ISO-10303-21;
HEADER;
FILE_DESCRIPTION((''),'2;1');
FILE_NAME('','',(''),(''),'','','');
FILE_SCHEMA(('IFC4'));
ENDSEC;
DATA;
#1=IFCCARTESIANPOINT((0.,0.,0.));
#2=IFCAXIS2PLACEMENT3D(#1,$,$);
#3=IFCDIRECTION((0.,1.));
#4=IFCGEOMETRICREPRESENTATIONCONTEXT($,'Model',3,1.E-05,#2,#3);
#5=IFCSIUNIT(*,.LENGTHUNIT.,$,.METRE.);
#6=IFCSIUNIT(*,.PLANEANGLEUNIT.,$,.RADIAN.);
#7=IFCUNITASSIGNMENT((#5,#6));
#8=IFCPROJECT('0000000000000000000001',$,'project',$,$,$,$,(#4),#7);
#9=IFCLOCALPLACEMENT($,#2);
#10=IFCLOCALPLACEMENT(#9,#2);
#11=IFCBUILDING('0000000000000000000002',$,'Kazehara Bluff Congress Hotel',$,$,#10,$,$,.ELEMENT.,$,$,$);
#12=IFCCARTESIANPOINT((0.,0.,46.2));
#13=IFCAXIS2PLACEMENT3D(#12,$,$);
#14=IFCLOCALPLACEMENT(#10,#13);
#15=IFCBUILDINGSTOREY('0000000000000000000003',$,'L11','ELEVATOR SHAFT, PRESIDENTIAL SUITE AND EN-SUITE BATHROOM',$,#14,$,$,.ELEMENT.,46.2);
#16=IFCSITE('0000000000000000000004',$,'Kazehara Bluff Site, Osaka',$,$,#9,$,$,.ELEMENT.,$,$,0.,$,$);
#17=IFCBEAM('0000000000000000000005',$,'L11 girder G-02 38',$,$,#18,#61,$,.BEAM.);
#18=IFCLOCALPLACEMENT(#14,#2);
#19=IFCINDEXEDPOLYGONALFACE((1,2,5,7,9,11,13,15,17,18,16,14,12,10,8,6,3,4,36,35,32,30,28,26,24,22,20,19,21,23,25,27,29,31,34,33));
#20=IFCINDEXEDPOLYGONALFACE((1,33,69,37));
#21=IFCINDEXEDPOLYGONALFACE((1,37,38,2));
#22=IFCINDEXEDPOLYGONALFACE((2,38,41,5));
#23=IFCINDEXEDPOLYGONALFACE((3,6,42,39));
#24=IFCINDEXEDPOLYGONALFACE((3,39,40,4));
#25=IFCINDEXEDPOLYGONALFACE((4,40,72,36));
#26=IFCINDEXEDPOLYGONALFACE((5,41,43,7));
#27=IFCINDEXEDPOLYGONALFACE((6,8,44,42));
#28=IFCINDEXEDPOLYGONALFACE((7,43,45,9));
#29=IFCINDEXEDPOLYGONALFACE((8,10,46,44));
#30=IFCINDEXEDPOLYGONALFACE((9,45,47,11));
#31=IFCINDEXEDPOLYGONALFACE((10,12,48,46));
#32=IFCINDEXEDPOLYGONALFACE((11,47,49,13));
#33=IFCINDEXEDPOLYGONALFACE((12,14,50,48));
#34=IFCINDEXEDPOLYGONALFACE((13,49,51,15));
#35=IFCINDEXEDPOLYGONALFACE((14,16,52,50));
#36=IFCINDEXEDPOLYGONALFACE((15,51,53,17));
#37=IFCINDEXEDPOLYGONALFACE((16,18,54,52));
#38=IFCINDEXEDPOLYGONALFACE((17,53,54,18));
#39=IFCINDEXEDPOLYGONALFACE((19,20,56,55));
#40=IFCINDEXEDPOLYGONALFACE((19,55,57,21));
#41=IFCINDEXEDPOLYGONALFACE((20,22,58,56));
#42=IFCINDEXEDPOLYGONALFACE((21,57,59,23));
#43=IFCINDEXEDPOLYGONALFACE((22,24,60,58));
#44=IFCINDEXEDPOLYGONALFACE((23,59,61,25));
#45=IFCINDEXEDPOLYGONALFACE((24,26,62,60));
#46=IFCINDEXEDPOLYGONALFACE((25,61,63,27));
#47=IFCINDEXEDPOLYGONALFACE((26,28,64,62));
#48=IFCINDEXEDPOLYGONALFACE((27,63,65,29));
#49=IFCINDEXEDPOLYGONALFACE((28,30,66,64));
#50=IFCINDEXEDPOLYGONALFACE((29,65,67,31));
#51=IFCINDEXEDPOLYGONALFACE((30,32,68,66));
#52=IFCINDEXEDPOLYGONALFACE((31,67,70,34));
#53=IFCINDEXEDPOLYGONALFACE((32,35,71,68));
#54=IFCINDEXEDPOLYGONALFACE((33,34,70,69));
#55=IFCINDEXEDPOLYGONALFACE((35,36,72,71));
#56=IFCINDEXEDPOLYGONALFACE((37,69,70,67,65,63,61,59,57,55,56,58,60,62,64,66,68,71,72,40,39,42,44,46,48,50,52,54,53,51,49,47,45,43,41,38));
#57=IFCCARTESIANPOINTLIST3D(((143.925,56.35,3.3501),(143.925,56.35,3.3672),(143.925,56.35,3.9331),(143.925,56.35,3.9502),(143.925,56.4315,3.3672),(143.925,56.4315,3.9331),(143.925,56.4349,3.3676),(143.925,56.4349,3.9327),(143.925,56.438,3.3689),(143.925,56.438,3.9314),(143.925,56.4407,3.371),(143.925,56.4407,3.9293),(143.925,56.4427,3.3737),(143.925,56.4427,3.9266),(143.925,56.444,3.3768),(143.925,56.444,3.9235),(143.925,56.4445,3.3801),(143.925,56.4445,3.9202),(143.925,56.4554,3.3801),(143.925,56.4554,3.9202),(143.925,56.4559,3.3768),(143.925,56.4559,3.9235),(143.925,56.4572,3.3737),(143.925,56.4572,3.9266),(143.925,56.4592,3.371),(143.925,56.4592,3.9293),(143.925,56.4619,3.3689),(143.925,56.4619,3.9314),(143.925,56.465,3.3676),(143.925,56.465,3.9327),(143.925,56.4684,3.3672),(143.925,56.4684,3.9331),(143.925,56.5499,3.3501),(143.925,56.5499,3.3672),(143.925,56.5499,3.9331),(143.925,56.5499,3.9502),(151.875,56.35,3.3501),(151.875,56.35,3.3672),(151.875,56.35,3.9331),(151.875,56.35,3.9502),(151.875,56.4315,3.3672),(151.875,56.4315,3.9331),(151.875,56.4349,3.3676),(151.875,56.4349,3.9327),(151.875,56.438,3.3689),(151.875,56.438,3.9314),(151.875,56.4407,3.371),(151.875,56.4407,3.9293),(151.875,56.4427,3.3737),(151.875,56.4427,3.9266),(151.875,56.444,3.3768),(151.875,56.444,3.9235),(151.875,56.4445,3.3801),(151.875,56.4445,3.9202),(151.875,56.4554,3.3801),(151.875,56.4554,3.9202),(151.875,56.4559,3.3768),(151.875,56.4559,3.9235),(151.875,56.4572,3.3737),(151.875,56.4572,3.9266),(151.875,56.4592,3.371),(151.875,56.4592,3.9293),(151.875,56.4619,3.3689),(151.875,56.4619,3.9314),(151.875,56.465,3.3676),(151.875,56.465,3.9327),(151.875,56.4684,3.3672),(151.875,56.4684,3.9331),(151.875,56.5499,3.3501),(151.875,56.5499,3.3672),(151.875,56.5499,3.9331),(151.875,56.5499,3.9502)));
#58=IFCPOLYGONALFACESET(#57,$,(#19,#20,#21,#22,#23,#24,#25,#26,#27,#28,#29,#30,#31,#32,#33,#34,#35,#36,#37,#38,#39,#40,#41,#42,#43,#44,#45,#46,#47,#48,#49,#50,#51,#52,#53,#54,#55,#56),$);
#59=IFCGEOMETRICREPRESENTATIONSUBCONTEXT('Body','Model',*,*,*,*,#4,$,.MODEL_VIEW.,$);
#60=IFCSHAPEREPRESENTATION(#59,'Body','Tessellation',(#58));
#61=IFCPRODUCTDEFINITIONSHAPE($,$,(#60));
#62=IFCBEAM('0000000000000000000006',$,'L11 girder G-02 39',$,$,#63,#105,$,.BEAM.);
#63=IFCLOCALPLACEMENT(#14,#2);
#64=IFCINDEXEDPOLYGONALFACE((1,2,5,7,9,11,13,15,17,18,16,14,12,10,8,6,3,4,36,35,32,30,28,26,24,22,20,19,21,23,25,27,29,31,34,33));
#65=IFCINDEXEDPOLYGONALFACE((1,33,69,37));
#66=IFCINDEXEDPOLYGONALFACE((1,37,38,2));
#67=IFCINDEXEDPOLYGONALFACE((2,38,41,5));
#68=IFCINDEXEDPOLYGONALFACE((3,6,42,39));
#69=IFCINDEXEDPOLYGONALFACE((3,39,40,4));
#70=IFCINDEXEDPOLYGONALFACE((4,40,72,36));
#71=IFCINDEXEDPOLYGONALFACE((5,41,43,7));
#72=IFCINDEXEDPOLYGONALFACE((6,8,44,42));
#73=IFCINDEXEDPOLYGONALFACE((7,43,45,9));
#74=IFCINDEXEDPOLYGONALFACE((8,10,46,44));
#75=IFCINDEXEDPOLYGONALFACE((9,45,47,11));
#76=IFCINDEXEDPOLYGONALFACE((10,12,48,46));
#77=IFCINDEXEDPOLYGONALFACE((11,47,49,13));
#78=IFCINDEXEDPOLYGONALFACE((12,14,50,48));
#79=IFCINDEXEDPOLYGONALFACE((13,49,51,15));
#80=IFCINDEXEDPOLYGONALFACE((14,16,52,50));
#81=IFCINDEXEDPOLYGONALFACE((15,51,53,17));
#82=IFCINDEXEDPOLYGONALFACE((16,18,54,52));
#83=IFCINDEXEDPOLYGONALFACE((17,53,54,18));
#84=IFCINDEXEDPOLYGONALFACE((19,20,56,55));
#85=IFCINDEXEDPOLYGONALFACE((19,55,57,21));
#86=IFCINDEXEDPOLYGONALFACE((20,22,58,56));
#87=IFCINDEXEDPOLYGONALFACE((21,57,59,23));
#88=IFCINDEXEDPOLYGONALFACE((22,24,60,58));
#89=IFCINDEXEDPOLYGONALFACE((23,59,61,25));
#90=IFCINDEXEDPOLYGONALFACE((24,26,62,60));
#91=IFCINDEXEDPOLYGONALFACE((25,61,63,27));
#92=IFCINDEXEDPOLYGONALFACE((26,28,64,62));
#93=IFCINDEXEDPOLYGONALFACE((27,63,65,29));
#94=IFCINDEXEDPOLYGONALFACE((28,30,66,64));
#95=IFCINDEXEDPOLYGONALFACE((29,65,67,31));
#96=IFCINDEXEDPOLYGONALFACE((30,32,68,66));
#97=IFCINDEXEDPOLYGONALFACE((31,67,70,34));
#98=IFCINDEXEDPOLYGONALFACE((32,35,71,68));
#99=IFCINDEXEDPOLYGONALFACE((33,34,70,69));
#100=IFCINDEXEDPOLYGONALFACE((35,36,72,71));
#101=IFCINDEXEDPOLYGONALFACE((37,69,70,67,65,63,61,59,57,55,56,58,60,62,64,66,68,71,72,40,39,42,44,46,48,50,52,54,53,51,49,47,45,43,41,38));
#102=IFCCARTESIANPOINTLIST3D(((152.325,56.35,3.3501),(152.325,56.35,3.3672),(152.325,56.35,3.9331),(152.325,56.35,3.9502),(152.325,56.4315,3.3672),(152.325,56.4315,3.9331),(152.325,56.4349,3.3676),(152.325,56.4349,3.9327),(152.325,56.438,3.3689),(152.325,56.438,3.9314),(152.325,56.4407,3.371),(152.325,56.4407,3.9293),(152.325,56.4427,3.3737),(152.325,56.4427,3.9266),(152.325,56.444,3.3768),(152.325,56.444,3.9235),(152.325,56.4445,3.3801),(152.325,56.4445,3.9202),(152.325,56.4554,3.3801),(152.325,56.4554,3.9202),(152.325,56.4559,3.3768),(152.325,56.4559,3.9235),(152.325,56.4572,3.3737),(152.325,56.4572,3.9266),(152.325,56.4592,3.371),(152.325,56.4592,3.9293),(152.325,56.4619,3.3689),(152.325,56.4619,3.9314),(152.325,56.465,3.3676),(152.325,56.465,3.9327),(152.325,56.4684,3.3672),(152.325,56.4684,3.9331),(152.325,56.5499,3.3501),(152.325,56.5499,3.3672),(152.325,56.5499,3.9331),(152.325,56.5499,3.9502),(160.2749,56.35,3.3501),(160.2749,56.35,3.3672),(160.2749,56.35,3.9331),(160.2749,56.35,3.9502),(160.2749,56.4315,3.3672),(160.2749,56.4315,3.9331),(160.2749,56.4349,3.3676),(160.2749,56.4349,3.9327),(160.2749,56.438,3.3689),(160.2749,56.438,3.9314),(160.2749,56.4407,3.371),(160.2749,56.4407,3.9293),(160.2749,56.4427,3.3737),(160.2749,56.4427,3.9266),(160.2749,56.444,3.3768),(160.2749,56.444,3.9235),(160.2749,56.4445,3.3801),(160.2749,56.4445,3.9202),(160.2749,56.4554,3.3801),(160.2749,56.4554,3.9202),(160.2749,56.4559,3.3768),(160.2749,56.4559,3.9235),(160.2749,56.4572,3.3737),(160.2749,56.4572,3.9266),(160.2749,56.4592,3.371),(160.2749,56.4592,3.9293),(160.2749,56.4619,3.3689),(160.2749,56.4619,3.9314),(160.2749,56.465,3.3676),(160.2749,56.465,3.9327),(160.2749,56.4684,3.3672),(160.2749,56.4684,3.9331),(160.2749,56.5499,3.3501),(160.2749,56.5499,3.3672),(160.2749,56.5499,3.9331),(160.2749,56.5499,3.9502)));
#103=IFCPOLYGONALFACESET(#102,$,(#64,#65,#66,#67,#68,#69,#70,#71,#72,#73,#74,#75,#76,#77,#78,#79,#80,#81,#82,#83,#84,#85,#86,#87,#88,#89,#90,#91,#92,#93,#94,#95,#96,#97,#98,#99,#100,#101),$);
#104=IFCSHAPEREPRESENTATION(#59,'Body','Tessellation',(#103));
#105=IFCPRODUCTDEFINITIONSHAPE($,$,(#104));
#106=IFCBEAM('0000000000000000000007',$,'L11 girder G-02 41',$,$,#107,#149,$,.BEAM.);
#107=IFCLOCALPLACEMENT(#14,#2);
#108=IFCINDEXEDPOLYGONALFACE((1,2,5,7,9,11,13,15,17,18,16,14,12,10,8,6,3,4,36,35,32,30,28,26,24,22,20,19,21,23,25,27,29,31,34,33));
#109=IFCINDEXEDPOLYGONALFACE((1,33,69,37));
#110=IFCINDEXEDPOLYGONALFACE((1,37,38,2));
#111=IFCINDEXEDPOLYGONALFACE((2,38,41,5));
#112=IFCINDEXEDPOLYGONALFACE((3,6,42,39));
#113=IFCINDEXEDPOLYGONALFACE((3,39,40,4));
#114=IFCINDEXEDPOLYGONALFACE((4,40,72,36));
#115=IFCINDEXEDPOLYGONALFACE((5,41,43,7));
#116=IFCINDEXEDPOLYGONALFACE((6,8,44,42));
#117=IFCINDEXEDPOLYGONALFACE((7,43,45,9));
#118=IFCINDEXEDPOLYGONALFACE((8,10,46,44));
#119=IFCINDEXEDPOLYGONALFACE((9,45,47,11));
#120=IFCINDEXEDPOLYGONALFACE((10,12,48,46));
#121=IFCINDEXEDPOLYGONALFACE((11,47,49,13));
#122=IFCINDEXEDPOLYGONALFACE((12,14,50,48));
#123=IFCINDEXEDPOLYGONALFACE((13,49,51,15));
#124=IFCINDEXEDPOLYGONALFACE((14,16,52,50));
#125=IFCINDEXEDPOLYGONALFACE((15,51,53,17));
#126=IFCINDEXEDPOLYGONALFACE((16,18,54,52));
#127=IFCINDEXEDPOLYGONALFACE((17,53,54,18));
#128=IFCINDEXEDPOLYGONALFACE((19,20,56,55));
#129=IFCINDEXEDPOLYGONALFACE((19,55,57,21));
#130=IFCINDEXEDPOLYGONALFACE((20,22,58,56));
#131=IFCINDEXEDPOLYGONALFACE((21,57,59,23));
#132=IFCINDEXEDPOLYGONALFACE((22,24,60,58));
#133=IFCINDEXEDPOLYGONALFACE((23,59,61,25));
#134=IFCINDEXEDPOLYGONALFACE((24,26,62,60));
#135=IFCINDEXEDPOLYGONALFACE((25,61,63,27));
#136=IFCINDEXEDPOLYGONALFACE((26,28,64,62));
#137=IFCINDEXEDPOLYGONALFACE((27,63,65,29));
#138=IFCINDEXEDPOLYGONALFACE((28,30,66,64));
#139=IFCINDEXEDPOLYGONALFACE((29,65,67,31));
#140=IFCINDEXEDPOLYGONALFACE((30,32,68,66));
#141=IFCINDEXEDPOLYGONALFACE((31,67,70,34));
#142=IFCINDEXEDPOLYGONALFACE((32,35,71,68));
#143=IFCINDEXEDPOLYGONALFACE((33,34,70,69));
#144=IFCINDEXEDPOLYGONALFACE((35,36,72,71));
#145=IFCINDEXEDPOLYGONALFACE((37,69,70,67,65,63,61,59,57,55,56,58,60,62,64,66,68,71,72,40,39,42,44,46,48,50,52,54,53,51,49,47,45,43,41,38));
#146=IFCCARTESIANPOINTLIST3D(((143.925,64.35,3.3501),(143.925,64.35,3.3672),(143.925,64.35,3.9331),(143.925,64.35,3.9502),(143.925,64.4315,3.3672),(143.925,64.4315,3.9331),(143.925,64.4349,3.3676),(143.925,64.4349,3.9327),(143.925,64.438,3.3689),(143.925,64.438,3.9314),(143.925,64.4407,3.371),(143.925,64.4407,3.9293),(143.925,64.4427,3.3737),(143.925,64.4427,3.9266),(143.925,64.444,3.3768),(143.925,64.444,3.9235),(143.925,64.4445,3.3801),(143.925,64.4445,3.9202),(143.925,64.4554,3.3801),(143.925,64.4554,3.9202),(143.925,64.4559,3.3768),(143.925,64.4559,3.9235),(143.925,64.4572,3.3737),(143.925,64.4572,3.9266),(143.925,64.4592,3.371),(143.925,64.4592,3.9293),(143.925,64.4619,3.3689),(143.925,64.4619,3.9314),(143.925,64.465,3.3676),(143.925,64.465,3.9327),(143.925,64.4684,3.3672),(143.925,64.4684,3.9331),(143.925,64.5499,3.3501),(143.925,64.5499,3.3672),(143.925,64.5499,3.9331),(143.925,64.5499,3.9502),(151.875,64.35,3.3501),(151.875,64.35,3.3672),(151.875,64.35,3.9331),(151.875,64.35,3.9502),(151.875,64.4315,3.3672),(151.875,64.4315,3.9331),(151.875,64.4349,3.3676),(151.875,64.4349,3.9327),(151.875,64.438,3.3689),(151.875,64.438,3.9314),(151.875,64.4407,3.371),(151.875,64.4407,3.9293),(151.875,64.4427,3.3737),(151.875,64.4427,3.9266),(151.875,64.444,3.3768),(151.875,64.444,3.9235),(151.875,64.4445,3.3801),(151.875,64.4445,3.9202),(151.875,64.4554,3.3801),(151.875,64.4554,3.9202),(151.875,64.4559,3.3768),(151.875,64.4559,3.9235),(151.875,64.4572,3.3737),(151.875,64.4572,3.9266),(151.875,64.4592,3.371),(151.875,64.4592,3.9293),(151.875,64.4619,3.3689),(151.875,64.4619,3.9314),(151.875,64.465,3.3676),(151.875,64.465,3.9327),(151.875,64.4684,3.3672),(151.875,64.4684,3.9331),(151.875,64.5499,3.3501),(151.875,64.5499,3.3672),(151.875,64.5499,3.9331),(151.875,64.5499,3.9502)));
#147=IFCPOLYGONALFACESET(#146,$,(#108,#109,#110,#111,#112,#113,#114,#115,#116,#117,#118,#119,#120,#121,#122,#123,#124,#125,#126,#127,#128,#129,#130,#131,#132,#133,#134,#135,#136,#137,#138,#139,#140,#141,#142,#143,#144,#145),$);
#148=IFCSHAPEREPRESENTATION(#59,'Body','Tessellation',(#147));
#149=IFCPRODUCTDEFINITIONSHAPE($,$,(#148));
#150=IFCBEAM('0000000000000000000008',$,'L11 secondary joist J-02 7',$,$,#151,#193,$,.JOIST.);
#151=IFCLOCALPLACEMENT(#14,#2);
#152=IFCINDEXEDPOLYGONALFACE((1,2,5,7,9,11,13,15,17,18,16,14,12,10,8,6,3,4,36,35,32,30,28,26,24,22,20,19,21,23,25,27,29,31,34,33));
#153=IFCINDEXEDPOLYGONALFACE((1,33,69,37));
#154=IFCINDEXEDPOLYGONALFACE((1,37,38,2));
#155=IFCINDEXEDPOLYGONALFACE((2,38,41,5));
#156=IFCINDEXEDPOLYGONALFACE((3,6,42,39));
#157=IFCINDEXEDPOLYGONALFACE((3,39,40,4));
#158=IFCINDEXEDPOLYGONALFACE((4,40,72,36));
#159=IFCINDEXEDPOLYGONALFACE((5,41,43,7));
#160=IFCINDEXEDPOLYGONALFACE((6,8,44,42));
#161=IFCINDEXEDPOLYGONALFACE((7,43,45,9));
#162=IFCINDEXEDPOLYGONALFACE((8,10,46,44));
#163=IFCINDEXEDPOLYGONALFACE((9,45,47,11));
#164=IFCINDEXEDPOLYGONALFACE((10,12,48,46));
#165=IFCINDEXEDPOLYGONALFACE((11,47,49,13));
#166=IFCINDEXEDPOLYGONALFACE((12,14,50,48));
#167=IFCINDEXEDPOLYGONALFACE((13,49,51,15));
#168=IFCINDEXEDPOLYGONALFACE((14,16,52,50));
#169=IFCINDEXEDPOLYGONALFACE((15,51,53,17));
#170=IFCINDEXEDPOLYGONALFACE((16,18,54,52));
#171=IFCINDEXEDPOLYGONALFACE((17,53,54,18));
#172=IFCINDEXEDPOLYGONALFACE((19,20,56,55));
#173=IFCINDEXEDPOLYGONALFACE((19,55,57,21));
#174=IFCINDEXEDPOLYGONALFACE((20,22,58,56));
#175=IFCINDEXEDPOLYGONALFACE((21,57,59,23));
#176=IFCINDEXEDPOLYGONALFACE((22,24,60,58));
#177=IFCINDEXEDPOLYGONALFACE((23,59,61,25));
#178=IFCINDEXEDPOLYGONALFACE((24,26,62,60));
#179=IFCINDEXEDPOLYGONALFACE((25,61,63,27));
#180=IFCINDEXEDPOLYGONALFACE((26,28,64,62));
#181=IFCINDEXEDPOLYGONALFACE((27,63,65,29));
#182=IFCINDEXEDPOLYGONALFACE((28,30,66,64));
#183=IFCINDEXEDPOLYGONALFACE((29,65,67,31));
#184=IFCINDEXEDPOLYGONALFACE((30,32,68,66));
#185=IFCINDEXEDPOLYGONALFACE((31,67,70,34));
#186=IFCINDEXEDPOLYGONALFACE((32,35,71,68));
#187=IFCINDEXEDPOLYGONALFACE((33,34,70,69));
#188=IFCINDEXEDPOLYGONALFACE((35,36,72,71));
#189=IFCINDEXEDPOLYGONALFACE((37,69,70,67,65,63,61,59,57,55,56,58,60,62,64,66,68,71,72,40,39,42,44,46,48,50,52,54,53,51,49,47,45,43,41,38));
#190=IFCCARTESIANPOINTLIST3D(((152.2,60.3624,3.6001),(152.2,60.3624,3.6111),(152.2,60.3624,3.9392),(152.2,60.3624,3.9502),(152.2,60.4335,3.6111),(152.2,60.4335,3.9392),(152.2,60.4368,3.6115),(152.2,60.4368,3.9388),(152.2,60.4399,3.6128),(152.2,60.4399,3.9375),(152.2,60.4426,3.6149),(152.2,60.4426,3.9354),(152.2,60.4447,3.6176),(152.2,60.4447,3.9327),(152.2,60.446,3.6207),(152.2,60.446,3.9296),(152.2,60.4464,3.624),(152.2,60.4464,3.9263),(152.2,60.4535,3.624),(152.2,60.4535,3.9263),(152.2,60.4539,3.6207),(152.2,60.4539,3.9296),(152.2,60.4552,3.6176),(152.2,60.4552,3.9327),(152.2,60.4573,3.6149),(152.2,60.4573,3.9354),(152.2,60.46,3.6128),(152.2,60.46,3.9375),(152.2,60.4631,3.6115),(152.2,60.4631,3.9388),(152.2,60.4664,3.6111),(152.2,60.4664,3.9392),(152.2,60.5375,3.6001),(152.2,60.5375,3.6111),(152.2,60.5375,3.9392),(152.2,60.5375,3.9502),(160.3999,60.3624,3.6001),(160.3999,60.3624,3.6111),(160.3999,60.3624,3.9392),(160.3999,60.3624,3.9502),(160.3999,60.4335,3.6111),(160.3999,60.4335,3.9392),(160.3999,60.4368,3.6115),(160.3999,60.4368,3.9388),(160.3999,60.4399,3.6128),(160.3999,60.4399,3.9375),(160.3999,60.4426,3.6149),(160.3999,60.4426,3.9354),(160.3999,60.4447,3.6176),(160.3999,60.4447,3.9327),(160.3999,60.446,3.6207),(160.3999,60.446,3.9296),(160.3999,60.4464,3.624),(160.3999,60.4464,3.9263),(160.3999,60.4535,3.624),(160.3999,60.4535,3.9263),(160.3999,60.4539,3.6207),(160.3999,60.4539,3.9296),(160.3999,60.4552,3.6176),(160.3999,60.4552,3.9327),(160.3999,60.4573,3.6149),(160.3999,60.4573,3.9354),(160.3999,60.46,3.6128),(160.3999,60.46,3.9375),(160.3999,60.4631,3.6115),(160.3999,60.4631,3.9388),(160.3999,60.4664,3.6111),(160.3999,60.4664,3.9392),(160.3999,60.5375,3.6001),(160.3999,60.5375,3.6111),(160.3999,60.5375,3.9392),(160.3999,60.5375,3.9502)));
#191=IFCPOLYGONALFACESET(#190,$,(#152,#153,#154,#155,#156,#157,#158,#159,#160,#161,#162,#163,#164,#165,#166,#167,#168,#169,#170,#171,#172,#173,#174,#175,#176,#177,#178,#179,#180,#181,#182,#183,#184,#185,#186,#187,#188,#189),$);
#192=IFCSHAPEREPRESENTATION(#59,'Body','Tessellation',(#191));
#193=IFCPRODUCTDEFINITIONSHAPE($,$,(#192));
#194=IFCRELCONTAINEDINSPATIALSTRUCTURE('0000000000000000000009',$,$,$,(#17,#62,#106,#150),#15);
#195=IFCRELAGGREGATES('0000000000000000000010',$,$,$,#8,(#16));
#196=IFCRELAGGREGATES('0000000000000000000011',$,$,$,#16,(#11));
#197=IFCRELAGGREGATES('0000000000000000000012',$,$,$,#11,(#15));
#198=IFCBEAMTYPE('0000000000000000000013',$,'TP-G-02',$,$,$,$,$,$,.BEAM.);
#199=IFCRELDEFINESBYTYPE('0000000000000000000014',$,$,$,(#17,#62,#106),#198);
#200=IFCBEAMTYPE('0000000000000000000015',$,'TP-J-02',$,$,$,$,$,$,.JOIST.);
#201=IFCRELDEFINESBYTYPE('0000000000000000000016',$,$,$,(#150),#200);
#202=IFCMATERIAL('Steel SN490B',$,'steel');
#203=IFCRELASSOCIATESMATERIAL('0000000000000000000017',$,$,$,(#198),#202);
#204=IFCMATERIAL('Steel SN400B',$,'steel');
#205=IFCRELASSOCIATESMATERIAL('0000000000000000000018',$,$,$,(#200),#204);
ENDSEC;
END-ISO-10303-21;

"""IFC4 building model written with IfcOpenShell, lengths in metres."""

from ifc_helpers import new_model, si_unit, direction, frame, origin, origin_2d, place, context, subcontext, project, spatial, i_section, extrude, material, material_profile, profile_set, type_object, element, save


model = new_model("IFC4")

# Units and contexts
model_context = context("Model", 3, precision=1e-05, world=origin(), true_north=direction((0.0, 1.0)))
body_context = subcontext(model_context, "Body", "Model", "MODEL_VIEW")
ifc_project = project(units=[si_unit("LENGTHUNIT", "METRE"), si_unit("PLANEANGLEUNIT", "RADIAN")], contexts=[model_context])

# Site, building, storey
site_placement = place(None, origin())
site = spatial("IfcSite", under=ifc_project, at=site_placement, Name="Kazehara Bluff Site, Osaka", CompositionType="ELEMENT", RefElevation=0.0)
building_placement = place(site_placement, origin())
building = spatial("IfcBuilding", under=site, at=building_placement, Name="Kazehara Bluff Congress Hotel", CompositionType="ELEMENT")
storey_placement = place(building_placement, frame((0.0, 0.0, 46.2)))
storey = spatial("IfcBuildingStorey", under=building, at=storey_placement, Name="L11", Description="ELEVATOR SHAFT, PRESIDENTIAL SUITE AND EN-SUITE BATHROOM", CompositionType="ELEMENT", Elevation=46.2)

# Beams
ifc_material_1 = material(Name="Steel SN490B", Category="steel")
ifc_material_profile_1 = material_profile(ifc_material_1, i_section(OverallWidth=0.2, OverallDepth=0.6001, WebThickness=0.011, FlangeThickness=0.0171, FilletRadius=0.0129, at=origin_2d()))
ifc_profile_set_1 = profile_set([ifc_material_profile_1], Name="Steel SN490B")
beam_type_1 = type_object("IfcBeamType", Name="TP-G-02", PredefinedType="BEAM", material=ifc_profile_set_1)
for number, where, z_axis, x_axis, name in (
    (1, (143.925, 56.45, 3.6501), (1.0, 0.0, 0.0), (0.0, 1.0, 0.0), "L11 girder G-02 38"),
    (2, (152.325, 56.45, 3.6501), (1.0, 0.0, 0.0), (0.0, 1.0, 0.0), "L11 girder G-02 39"),
    (3, (143.925, 64.45, 3.6501), (1.0, 0.0, 0.0), (0.0, 1.0, 0.0), "L11 girder G-02 41"),
):
    element("IfcBeam", number, at=place(storey_placement, frame(where, z_axis=z_axis, x_axis=x_axis)), inside=storey, type_object=beam_type_1, Name=name, PredefinedType="BEAM", context=body_context, shape_type="SweptSolid", body=[
        extrude(i_section(OverallWidth=0.2, OverallDepth=0.6001, WebThickness=0.011, FlangeThickness=0.0171, FilletRadius=0.0129, at=origin_2d()), origin(), (0.0, 0.0, 1.0), 7.95),
    ])
ifc_material_2 = material(Name="Steel SN400B", Category="steel")
ifc_material_profile_2 = material_profile(ifc_material_2, i_section(OverallWidth=0.175, OverallDepth=0.3501, WebThickness=0.0071, FlangeThickness=0.011, FilletRadius=0.0129, at=origin_2d()))
ifc_profile_set_2 = profile_set([ifc_material_profile_2], Name="Steel SN400B")
beam_type_2 = type_object("IfcBeamType", Name="TP-J-02", PredefinedType="JOIST", material=ifc_profile_set_2)
beam_1_placement = place(storey_placement, frame((152.2, 60.45, 3.7751), z_axis=(1.0, 0.0, 0.0), x_axis=(0.0, 1.0, 0.0)))
element("IfcBeam", 4, at=beam_1_placement, inside=storey, type_object=beam_type_2, Name="L11 secondary joist J-02 7", PredefinedType="JOIST", context=body_context, shape_type="SweptSolid", body=[
    extrude(i_section(OverallWidth=0.175, OverallDepth=0.3501, WebThickness=0.0071, FlangeThickness=0.011, FilletRadius=0.0129, at=origin_2d()), origin(), (0.0, 0.0, 1.0), 8.2),
])

save(model, "model.ifc")
